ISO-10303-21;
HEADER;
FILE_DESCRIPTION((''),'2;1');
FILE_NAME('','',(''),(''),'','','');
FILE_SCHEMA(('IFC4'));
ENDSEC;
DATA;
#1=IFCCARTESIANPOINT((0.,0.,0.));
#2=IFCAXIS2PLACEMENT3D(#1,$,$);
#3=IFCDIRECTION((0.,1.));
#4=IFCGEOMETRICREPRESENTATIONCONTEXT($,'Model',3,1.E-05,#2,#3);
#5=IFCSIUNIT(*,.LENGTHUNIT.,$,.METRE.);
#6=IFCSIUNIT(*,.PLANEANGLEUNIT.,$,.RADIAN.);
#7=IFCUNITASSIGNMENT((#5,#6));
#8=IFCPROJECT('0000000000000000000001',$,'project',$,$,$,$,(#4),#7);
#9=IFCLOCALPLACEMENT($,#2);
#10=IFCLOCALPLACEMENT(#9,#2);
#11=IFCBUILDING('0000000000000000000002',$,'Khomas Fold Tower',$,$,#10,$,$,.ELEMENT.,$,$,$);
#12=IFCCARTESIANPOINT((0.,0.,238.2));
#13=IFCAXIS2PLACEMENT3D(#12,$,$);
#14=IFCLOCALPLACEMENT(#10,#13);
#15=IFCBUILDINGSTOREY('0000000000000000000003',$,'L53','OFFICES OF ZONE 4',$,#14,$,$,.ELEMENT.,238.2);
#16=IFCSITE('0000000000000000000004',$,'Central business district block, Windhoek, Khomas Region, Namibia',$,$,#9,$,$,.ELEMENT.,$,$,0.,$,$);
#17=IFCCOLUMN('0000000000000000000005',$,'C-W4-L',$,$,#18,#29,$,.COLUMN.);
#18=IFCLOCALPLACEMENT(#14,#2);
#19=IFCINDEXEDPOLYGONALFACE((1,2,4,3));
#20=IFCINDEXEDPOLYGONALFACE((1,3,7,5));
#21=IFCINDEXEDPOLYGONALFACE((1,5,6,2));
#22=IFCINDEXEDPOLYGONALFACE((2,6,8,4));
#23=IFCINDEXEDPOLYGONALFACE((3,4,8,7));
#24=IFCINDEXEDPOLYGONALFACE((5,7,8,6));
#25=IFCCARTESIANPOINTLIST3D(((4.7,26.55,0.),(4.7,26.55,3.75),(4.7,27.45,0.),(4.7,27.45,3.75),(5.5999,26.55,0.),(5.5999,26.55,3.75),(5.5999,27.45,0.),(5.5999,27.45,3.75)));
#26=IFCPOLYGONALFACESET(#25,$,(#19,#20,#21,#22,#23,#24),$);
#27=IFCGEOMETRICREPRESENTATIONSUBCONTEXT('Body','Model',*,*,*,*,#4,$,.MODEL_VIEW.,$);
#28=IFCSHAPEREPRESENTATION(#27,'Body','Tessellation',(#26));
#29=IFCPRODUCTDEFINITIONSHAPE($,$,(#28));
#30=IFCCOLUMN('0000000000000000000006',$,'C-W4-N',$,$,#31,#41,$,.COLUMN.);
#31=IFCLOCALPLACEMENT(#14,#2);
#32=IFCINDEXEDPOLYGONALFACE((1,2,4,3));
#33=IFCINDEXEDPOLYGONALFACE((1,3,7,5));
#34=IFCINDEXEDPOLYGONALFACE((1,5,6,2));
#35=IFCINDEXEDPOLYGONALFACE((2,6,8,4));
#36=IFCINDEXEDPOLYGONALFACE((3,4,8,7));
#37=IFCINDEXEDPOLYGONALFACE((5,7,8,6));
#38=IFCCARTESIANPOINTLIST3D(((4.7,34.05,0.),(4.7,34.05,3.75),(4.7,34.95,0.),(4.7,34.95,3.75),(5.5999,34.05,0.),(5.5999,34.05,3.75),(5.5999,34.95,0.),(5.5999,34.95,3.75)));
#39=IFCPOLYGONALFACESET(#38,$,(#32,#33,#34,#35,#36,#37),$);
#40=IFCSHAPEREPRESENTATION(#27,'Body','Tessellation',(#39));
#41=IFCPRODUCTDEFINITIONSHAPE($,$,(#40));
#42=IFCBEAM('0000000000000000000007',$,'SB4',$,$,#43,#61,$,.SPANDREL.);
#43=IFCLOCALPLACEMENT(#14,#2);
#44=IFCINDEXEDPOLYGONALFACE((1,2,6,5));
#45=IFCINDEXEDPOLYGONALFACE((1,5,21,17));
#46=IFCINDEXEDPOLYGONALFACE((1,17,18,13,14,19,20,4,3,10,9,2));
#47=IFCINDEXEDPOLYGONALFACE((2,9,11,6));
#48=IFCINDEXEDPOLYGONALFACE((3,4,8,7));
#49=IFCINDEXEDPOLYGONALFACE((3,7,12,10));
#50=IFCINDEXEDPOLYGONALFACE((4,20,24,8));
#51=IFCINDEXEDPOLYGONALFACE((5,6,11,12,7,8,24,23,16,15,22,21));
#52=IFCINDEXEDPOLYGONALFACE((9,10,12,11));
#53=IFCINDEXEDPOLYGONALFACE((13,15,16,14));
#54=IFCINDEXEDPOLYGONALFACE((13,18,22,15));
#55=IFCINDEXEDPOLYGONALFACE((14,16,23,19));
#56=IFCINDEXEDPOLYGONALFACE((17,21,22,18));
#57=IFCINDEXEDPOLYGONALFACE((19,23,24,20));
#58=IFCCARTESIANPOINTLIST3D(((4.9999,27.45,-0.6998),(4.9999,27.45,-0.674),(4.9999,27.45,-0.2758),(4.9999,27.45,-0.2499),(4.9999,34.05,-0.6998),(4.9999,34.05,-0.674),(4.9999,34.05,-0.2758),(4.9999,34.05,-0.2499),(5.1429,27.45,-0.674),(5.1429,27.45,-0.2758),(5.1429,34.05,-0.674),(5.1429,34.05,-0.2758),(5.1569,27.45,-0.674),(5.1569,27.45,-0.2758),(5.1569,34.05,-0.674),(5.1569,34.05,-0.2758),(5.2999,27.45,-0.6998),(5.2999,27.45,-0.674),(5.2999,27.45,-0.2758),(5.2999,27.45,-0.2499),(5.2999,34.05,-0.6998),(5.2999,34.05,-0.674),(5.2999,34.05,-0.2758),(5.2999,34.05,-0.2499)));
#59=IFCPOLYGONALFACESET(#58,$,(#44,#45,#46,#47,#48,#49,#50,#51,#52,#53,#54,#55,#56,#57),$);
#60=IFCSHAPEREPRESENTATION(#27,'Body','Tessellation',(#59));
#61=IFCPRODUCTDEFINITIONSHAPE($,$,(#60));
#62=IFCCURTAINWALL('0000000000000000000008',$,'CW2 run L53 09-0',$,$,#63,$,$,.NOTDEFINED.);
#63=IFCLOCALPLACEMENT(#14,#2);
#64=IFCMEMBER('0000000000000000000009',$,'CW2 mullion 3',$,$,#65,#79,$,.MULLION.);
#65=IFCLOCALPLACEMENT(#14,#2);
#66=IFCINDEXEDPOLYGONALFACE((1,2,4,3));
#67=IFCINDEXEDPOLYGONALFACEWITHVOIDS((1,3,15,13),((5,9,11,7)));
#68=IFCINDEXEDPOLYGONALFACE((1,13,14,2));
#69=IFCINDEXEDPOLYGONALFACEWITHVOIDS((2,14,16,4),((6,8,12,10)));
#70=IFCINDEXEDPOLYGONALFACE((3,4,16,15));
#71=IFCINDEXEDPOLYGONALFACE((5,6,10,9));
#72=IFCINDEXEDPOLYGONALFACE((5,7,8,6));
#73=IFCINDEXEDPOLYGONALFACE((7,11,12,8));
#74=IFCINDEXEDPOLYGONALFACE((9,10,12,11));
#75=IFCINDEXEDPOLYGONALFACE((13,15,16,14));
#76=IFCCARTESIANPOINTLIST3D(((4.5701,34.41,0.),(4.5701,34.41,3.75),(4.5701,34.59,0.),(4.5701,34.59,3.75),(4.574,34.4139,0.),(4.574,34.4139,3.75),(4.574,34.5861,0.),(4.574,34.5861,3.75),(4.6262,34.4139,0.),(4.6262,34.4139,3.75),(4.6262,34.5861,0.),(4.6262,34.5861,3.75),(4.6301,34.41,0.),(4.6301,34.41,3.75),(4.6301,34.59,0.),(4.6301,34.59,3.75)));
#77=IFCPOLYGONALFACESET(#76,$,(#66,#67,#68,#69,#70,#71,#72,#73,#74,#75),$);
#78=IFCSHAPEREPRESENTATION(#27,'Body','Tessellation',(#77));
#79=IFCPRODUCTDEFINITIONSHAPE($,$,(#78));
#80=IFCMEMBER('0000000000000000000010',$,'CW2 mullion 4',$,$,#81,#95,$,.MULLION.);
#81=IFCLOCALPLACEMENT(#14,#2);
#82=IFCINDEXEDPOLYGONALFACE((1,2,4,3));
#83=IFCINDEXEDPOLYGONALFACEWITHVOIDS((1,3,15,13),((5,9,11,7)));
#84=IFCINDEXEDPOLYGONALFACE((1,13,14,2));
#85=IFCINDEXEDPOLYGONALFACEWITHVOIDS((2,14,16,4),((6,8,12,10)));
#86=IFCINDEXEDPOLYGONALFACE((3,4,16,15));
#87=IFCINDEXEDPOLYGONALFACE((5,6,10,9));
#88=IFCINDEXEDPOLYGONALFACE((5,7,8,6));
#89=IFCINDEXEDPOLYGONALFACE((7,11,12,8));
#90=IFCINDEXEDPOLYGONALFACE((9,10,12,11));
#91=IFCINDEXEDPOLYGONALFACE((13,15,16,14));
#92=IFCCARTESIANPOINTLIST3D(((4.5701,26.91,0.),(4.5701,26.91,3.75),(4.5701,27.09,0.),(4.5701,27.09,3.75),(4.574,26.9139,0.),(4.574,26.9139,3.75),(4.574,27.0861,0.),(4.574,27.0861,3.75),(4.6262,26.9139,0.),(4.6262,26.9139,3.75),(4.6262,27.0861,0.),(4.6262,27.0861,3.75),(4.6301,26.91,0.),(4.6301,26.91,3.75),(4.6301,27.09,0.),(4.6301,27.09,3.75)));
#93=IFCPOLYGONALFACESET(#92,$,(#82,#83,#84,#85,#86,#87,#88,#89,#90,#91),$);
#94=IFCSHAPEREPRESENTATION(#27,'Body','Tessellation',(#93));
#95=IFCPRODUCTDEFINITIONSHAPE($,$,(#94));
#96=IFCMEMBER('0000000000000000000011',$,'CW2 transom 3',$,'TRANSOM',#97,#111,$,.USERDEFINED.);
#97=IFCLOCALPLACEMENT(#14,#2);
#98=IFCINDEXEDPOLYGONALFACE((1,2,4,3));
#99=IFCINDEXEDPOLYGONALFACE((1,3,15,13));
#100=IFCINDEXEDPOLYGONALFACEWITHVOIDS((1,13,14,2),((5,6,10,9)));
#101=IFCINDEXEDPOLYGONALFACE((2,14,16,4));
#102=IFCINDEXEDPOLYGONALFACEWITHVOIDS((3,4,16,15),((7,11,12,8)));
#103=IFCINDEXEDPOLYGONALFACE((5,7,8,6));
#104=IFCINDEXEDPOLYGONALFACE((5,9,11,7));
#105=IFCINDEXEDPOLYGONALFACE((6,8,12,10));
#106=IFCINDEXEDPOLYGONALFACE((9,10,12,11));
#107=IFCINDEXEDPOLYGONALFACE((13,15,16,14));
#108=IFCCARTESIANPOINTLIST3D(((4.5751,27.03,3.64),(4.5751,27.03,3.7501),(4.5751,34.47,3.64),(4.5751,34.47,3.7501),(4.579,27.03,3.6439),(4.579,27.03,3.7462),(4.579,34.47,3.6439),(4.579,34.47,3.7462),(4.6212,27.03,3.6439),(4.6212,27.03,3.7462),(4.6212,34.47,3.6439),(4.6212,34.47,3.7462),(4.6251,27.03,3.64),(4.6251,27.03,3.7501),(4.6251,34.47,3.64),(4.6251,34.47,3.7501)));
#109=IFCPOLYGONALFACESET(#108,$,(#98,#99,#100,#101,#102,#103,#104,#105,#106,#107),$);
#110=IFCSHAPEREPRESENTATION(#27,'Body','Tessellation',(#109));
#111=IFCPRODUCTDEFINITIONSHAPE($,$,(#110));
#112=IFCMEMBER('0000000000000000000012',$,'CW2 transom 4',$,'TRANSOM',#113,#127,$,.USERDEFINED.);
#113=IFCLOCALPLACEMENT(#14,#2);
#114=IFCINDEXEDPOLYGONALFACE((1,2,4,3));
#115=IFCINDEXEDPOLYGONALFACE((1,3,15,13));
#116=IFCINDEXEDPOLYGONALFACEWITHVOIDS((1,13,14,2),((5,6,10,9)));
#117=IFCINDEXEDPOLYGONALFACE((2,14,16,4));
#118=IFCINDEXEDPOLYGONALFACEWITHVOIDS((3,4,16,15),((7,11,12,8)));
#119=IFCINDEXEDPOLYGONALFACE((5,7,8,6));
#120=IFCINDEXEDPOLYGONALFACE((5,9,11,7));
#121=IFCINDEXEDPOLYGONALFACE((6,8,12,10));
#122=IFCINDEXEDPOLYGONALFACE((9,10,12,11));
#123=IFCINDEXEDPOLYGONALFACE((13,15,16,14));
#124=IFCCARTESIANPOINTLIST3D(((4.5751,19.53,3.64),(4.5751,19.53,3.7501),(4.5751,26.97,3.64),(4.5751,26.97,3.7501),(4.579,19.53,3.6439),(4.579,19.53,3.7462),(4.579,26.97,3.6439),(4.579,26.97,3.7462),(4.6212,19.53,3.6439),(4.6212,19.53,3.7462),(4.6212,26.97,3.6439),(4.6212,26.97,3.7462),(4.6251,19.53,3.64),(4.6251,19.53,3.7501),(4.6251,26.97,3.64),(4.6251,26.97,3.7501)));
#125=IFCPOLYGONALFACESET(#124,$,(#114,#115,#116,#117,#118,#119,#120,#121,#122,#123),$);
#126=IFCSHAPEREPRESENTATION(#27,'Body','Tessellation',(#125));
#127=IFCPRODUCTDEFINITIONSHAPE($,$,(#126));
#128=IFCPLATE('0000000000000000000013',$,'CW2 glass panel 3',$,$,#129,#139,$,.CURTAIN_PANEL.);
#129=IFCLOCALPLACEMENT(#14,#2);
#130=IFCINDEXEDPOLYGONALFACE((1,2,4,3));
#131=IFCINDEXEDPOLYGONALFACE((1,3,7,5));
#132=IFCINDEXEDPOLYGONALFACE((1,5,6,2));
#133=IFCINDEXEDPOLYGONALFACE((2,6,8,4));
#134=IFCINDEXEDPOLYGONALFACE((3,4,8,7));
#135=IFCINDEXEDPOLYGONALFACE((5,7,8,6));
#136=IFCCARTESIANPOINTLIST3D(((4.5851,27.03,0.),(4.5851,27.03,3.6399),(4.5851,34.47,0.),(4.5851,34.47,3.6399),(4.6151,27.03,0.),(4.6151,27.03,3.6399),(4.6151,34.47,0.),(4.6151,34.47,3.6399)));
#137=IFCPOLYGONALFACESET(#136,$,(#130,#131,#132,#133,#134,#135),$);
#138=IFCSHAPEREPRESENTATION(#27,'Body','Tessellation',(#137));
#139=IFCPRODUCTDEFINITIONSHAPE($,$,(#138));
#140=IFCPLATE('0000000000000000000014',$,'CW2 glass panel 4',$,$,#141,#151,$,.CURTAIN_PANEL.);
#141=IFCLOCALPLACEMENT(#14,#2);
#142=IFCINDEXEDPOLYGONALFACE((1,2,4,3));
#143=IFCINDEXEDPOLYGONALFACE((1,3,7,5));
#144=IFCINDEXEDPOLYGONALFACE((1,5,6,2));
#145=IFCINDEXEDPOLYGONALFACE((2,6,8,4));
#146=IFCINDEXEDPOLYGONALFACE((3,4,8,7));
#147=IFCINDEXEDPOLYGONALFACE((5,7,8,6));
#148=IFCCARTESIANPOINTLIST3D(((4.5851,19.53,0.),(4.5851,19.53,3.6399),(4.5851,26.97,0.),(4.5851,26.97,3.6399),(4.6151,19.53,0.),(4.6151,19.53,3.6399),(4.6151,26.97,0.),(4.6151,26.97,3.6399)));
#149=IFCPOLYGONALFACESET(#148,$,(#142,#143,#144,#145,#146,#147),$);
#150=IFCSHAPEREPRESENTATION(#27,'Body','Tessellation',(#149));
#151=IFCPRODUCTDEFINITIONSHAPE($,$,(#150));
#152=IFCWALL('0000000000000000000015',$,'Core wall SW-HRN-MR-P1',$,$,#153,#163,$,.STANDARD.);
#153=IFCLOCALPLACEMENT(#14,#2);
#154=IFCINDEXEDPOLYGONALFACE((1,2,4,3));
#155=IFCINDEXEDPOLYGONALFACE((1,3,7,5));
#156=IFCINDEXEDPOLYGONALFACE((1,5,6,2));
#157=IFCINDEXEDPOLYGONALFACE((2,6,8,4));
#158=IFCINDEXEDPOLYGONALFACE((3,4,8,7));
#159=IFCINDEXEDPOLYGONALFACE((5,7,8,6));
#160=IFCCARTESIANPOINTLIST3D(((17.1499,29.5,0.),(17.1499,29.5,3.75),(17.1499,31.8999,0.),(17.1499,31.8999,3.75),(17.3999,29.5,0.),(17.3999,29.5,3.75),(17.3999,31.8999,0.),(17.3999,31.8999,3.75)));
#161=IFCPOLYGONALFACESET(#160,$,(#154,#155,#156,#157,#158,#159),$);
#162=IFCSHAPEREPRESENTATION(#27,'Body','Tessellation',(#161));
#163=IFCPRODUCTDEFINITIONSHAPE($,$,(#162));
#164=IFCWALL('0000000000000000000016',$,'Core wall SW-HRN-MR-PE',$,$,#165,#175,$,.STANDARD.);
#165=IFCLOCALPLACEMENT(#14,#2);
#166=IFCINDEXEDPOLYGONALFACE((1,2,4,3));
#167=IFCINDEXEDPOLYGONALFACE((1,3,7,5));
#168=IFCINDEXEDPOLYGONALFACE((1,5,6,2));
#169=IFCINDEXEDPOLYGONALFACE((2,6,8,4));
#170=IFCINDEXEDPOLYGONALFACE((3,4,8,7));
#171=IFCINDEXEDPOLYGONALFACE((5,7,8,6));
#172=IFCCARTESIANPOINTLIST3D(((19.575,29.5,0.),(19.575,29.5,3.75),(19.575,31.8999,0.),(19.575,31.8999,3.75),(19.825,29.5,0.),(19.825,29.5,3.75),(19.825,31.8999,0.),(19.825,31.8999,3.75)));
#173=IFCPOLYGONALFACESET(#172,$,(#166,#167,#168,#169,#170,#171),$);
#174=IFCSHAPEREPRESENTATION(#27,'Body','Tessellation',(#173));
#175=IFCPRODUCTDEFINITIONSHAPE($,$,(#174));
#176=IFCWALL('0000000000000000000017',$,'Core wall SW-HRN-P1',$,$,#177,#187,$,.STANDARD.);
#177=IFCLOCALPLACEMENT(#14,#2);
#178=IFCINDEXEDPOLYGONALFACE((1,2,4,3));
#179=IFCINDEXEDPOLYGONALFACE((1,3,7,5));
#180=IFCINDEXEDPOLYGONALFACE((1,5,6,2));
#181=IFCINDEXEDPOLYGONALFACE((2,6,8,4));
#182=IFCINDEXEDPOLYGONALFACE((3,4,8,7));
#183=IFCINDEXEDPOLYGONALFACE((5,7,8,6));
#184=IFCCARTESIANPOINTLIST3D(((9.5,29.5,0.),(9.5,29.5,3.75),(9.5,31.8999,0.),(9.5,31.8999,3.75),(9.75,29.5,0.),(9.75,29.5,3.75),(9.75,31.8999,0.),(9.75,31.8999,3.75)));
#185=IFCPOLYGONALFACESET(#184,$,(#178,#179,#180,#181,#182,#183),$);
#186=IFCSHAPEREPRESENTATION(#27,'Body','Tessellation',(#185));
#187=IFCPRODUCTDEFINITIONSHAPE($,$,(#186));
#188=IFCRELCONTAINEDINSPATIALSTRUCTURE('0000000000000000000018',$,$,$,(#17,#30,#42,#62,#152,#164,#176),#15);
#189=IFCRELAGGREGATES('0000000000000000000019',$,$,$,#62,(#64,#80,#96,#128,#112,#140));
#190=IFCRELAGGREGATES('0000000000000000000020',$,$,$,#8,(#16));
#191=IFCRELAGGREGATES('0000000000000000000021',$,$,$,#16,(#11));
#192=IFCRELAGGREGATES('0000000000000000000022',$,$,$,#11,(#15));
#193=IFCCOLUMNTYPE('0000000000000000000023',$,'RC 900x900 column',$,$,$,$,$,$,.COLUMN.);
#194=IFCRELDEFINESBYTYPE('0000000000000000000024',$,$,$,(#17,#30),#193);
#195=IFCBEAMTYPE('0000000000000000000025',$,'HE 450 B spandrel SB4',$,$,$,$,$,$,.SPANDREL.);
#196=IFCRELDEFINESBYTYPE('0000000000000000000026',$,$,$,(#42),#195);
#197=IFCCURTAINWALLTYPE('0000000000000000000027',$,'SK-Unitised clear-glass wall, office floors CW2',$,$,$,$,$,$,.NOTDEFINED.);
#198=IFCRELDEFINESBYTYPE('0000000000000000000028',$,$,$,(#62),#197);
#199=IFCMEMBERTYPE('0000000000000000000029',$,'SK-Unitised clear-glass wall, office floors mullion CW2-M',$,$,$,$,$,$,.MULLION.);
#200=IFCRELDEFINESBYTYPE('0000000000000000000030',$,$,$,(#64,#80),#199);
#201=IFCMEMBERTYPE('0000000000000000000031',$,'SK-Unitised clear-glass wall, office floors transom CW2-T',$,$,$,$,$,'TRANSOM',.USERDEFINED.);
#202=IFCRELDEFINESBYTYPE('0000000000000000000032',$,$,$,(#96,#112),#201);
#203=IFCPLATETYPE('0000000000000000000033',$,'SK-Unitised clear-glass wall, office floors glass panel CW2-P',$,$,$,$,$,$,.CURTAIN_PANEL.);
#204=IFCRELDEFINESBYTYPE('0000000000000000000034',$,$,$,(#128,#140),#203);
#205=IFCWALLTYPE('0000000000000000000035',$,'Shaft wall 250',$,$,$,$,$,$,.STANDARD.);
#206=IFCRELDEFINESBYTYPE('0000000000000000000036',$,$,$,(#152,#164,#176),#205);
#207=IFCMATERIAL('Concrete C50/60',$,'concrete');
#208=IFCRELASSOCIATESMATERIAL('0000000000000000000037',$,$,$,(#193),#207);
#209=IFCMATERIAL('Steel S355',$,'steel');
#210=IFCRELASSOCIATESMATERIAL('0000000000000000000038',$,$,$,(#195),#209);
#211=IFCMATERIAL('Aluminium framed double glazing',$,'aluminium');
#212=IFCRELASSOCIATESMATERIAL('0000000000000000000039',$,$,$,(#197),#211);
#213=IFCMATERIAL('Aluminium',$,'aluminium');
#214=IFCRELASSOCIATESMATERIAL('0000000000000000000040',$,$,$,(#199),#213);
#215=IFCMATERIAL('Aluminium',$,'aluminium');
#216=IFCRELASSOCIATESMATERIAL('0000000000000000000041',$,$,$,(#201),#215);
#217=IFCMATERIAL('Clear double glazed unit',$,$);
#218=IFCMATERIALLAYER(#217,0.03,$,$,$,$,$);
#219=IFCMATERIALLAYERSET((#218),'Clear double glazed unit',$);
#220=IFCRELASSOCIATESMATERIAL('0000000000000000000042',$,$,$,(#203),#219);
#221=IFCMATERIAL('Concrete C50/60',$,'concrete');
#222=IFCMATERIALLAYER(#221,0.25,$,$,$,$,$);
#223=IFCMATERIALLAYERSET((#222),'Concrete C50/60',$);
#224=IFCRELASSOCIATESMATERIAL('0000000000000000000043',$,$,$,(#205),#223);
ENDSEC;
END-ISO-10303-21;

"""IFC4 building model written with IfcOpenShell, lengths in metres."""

from ifc_helpers import new_model, si_unit, direction, frame, frame_2d, origin, origin_2d, place, context, subcontext, project, spatial, rectangle, hollow_rectangle, i_section, extrude, source, transform, mapped, material, layer, layer_set, material_profile, profile_set, type_object, element, aggregate, save


model = new_model("IFC4")

# Units and contexts
model_context = context("Model", 3, precision=1e-05, world=origin(), true_north=direction((0.0, 1.0)))
body_context = subcontext(model_context, "Body", "Model", "MODEL_VIEW")
ifc_project = project(units=[si_unit("LENGTHUNIT", "METRE"), si_unit("PLANEANGLEUNIT", "RADIAN")], contexts=[model_context])

# Site, building, storey
site_placement = place(None, origin())
site = spatial("IfcSite", under=ifc_project, at=site_placement, Name="Central business district block, Windhoek, Khomas Region, Namibia", CompositionType="ELEMENT", RefElevation=0.0)
building_placement = place(site_placement, origin())
building = spatial("IfcBuilding", under=site, at=building_placement, Name="Khomas Fold Tower", CompositionType="ELEMENT")
storey_placement = place(building_placement, frame((0.0, 0.0, 238.2)))
storey = spatial("IfcBuildingStorey", under=building, at=storey_placement, Name="L53", Description="OFFICES OF ZONE 4", CompositionType="ELEMENT", Elevation=238.2)

# Columns
ifc_material_1 = material(Name="Concrete C50/60", Category="concrete")
ifc_material_profile_1 = material_profile(ifc_material_1, rectangle(XDim=0.8999, YDim=0.8999, at=origin_2d()), Name="RC 900x900")
ifc_profile_set_1 = profile_set([ifc_material_profile_1], Name="Concrete C50/60")
column_type = type_object("IfcColumnType", Name="RC 900x900 column", PredefinedType="COLUMN", material=ifc_profile_set_1)
shared_shape_1 = source(origin(), body_context, "Body", "SweptSolid", [
    extrude(rectangle(XDim=0.8999, YDim=0.8999, at=origin_2d()), origin(), (0.0, 0.0, 1.0), 3.75),
])
for number, where, z_axis, x_axis, name in (
    (1, (5.1499, 27.0, 0.0), (0.0, 0.0, 1.0), (1.0, 0.0, 0.0), "C-W4-L"),
    (2, (5.1499, 34.5, 0.0), (0.0, 0.0, 1.0), (1.0, 0.0, 0.0), "C-W4-N"),
):
    element("IfcColumn", number, at=place(storey_placement, frame(where, z_axis=z_axis, x_axis=x_axis)), inside=storey, type_object=column_type, Name=name, PredefinedType="COLUMN", context=body_context, shape_type="MappedRepresentation", body=[
        mapped(shared_shape_1, transform((0.0, 0.0, 0.0))),
    ])

# Beam
ifc_material_2 = material(Name="Steel S355", Category="steel")
ifc_material_profile_2 = material_profile(ifc_material_2, i_section(OverallWidth=0.3, OverallDepth=0.45, WebThickness=0.0139, FlangeThickness=0.0259, at=origin_2d()), Name="HE 450 B")
ifc_profile_set_2 = profile_set([ifc_material_profile_2], Name="Steel S355")
beam_type = type_object("IfcBeamType", Name="HE 450 B spandrel SB4", PredefinedType="SPANDREL", material=ifc_profile_set_2)
shared_shape_2 = source(origin(), body_context, "Body", "SweptSolid", [
    extrude(i_section(OverallWidth=0.3, OverallDepth=0.45, WebThickness=0.0139, FlangeThickness=0.0259, at=origin_2d()), origin(), (0.0, 0.0, 1.0), 6.6001),
])
beam_placement = place(storey_placement, frame((5.1499, 27.45, -0.4749), z_axis=(0.0, 1.0, 0.0), x_axis=(-1.0, 0.0, 0.0)))
element("IfcBeam", 3, at=beam_placement, inside=storey, type_object=beam_type, Name="SB4", PredefinedType="SPANDREL", context=body_context, shape_type="MappedRepresentation", body=[
    mapped(shared_shape_2, transform((0.0, 0.0, 0.0))),
])

# Curtain wall, members, plates
ifc_material_3 = material(Name="Aluminium framed double glazing", Category="aluminium")
curtain_wall_type = type_object("IfcCurtainWallType", Name="SK-Unitised clear-glass wall, office floors CW2", PredefinedType="NOTDEFINED", material=ifc_material_3)
curtain_wall_placement = place(storey_placement, origin())
curtain_wall = element("IfcCurtainWall", 4, at=curtain_wall_placement, inside=storey, type_object=curtain_wall_type, Name="CW2 run L53 09-0", PredefinedType="NOTDEFINED")
ifc_material_4 = material(Name="Aluminium", Category="aluminium")
ifc_material_profile_3 = material_profile(ifc_material_4, hollow_rectangle(XDim=0.0601, YDim=0.1799, WallThickness=0.0039, at=origin_2d()), Name="SK-Unitised clear-glass wall, office floors mullion CW2-M")
ifc_profile_set_3 = profile_set([ifc_material_profile_3], Name="Aluminium")
member_type_1 = type_object("IfcMemberType", Name="SK-Unitised clear-glass wall, office floors mullion CW2-M", PredefinedType="MULLION", material=ifc_profile_set_3)
shared_shape_3 = source(origin(), body_context, "Body", "SweptSolid", [
    extrude(hollow_rectangle(XDim=0.0601, YDim=0.1799, WallThickness=0.0039, at=origin_2d()), origin(), (0.0, 0.0, 1.0), 3.75),
])
member_1_placement = place(storey_placement, frame((4.6001, 34.5, 0.0), z_axis=(0.0, 0.0, 1.0), x_axis=(1.0, 0.0, 0.0)))
member_1 = element("IfcMember", 5, at=member_1_placement, type_object=member_type_1, Name="CW2 mullion 3", PredefinedType="MULLION", context=body_context, shape_type="MappedRepresentation", body=[
    mapped(shared_shape_3, transform((0.0, 0.0, 0.0))),
])
member_2_placement = place(storey_placement, frame((4.6001, 27.0, 0.0), z_axis=(0.0, 0.0, 1.0), x_axis=(1.0, 0.0, 0.0)))
member_2 = element("IfcMember", 6, at=member_2_placement, type_object=member_type_1, Name="CW2 mullion 4", PredefinedType="MULLION", context=body_context, shape_type="MappedRepresentation", body=[
    mapped(shared_shape_3, transform((0.0, 0.0, 0.0))),
])
ifc_material_5 = material(Name="Aluminium", Category="aluminium")
ifc_material_profile_4 = material_profile(ifc_material_5, hollow_rectangle(XDim=0.05, YDim=0.1101, WallThickness=0.0039, at=origin_2d()), Name="SK-Unitised clear-glass wall, office floors transom CW2-T")
ifc_profile_set_4 = profile_set([ifc_material_profile_4], Name="Aluminium")
member_type_2 = type_object("IfcMemberType", Name="SK-Unitised clear-glass wall, office floors transom CW2-T", ElementType="TRANSOM", PredefinedType="USERDEFINED", material=ifc_profile_set_4)
shared_shape_4 = source(origin(), body_context, "Body", "SweptSolid", [
    extrude(hollow_rectangle(XDim=0.05, YDim=0.1101, WallThickness=0.0039, at=origin_2d()), origin(), (0.0, 0.0, 1.0), 7.4399),
])
member_3_placement = place(storey_placement, frame((4.6001, 34.47, 3.6951), z_axis=(0.0, -1.0, 0.0), x_axis=(1.0, 0.0, 0.0)))
member_3 = element("IfcMember", 7, at=member_3_placement, type_object=member_type_2, Name="CW2 transom 3", ObjectType="TRANSOM", PredefinedType="USERDEFINED", context=body_context, shape_type="MappedRepresentation", body=[
    mapped(shared_shape_4, transform((0.0, 0.0, 0.0))),
])
member_4_placement = place(storey_placement, frame((4.6001, 26.97, 3.6951), z_axis=(0.0, -1.0, 0.0), x_axis=(1.0, 0.0, 0.0)))
member_4 = element("IfcMember", 8, at=member_4_placement, type_object=member_type_2, Name="CW2 transom 4", ObjectType="TRANSOM", PredefinedType="USERDEFINED", context=body_context, shape_type="MappedRepresentation", body=[
    mapped(shared_shape_4, transform((0.0, 0.0, 0.0))),
])
ifc_material_6 = material(Name="Clear double glazed unit")
ifc_layer_1 = layer(ifc_material_6, 0.03)
ifc_layer_set_1 = layer_set([ifc_layer_1], Name="Clear double glazed unit")
plate_type = type_object("IfcPlateType", Name="SK-Unitised clear-glass wall, office floors glass panel CW2-P", PredefinedType="CURTAIN_PANEL", material=ifc_layer_set_1)
shared_shape_5 = source(origin(), body_context, "Body", "SweptSolid", [
    extrude(rectangle(XDim=7.4399, YDim=0.03, at=origin_2d()), origin(), (0.0, 0.0, 1.0), 3.6399),
])
plate_1_placement = place(storey_placement, frame((4.6001, 30.75, 0.0), z_axis=(0.0, 0.0, 1.0), x_axis=(0.0, -1.0, 0.0)))
plate_1 = element("IfcPlate", 9, at=plate_1_placement, type_object=plate_type, Name="CW2 glass panel 3", PredefinedType="CURTAIN_PANEL", context=body_context, shape_type="MappedRepresentation", body=[
    mapped(shared_shape_5, transform((0.0, 0.0, 0.0))),
])
plate_2_placement = place(storey_placement, frame((4.6001, 23.25, 0.0), z_axis=(0.0, 0.0, 1.0), x_axis=(0.0, -1.0, 0.0)))
plate_2 = element("IfcPlate", 10, at=plate_2_placement, type_object=plate_type, Name="CW2 glass panel 4", PredefinedType="CURTAIN_PANEL", context=body_context, shape_type="MappedRepresentation", body=[
    mapped(shared_shape_5, transform((0.0, 0.0, 0.0))),
])
aggregate(curtain_wall, [member_1, member_2, member_3, plate_1, member_4, plate_2])

# Walls
ifc_material_7 = material(Name="Concrete C50/60", Category="concrete")
ifc_layer_2 = layer(ifc_material_7, 0.25)
ifc_layer_set_2 = layer_set([ifc_layer_2], Name="Concrete C50/60")
wall_type_1 = type_object("IfcWallType", Name="Shaft wall 250", PredefinedType="STANDARD", material=ifc_layer_set_2)
shared_shape_6 = source(origin(), body_context, "Body", "SweptSolid", [
    extrude(rectangle(XDim=2.3999, YDim=0.25, at=frame_2d((1.2, 0.0))), origin(), (0.0, 0.0, 1.0), 3.75),
])
for number, where, z_axis, x_axis, name in (
    (11, (17.2749, 29.5, 0.0), (0.0, 0.0, 1.0), (0.0, 1.0, 0.0), "Core wall SW-HRN-MR-P1"),
    (12, (19.7, 29.5, 0.0), (0.0, 0.0, 1.0), (0.0, 1.0, 0.0), "Core wall SW-HRN-MR-PE"),
    (13, (9.625, 29.5, 0.0), (0.0, 0.0, 1.0), (0.0, 1.0, 0.0), "Core wall SW-HRN-P1"),
):
    element("IfcWall", number, at=place(storey_placement, frame(where, z_axis=z_axis, x_axis=x_axis)), inside=storey, type_object=wall_type_1, Name=name, PredefinedType="STANDARD", context=body_context, shape_type="MappedRepresentation", body=[
        mapped(shared_shape_6, transform((0.0, 0.0, 0.0))),
    ])

save(model, "model.ifc")
